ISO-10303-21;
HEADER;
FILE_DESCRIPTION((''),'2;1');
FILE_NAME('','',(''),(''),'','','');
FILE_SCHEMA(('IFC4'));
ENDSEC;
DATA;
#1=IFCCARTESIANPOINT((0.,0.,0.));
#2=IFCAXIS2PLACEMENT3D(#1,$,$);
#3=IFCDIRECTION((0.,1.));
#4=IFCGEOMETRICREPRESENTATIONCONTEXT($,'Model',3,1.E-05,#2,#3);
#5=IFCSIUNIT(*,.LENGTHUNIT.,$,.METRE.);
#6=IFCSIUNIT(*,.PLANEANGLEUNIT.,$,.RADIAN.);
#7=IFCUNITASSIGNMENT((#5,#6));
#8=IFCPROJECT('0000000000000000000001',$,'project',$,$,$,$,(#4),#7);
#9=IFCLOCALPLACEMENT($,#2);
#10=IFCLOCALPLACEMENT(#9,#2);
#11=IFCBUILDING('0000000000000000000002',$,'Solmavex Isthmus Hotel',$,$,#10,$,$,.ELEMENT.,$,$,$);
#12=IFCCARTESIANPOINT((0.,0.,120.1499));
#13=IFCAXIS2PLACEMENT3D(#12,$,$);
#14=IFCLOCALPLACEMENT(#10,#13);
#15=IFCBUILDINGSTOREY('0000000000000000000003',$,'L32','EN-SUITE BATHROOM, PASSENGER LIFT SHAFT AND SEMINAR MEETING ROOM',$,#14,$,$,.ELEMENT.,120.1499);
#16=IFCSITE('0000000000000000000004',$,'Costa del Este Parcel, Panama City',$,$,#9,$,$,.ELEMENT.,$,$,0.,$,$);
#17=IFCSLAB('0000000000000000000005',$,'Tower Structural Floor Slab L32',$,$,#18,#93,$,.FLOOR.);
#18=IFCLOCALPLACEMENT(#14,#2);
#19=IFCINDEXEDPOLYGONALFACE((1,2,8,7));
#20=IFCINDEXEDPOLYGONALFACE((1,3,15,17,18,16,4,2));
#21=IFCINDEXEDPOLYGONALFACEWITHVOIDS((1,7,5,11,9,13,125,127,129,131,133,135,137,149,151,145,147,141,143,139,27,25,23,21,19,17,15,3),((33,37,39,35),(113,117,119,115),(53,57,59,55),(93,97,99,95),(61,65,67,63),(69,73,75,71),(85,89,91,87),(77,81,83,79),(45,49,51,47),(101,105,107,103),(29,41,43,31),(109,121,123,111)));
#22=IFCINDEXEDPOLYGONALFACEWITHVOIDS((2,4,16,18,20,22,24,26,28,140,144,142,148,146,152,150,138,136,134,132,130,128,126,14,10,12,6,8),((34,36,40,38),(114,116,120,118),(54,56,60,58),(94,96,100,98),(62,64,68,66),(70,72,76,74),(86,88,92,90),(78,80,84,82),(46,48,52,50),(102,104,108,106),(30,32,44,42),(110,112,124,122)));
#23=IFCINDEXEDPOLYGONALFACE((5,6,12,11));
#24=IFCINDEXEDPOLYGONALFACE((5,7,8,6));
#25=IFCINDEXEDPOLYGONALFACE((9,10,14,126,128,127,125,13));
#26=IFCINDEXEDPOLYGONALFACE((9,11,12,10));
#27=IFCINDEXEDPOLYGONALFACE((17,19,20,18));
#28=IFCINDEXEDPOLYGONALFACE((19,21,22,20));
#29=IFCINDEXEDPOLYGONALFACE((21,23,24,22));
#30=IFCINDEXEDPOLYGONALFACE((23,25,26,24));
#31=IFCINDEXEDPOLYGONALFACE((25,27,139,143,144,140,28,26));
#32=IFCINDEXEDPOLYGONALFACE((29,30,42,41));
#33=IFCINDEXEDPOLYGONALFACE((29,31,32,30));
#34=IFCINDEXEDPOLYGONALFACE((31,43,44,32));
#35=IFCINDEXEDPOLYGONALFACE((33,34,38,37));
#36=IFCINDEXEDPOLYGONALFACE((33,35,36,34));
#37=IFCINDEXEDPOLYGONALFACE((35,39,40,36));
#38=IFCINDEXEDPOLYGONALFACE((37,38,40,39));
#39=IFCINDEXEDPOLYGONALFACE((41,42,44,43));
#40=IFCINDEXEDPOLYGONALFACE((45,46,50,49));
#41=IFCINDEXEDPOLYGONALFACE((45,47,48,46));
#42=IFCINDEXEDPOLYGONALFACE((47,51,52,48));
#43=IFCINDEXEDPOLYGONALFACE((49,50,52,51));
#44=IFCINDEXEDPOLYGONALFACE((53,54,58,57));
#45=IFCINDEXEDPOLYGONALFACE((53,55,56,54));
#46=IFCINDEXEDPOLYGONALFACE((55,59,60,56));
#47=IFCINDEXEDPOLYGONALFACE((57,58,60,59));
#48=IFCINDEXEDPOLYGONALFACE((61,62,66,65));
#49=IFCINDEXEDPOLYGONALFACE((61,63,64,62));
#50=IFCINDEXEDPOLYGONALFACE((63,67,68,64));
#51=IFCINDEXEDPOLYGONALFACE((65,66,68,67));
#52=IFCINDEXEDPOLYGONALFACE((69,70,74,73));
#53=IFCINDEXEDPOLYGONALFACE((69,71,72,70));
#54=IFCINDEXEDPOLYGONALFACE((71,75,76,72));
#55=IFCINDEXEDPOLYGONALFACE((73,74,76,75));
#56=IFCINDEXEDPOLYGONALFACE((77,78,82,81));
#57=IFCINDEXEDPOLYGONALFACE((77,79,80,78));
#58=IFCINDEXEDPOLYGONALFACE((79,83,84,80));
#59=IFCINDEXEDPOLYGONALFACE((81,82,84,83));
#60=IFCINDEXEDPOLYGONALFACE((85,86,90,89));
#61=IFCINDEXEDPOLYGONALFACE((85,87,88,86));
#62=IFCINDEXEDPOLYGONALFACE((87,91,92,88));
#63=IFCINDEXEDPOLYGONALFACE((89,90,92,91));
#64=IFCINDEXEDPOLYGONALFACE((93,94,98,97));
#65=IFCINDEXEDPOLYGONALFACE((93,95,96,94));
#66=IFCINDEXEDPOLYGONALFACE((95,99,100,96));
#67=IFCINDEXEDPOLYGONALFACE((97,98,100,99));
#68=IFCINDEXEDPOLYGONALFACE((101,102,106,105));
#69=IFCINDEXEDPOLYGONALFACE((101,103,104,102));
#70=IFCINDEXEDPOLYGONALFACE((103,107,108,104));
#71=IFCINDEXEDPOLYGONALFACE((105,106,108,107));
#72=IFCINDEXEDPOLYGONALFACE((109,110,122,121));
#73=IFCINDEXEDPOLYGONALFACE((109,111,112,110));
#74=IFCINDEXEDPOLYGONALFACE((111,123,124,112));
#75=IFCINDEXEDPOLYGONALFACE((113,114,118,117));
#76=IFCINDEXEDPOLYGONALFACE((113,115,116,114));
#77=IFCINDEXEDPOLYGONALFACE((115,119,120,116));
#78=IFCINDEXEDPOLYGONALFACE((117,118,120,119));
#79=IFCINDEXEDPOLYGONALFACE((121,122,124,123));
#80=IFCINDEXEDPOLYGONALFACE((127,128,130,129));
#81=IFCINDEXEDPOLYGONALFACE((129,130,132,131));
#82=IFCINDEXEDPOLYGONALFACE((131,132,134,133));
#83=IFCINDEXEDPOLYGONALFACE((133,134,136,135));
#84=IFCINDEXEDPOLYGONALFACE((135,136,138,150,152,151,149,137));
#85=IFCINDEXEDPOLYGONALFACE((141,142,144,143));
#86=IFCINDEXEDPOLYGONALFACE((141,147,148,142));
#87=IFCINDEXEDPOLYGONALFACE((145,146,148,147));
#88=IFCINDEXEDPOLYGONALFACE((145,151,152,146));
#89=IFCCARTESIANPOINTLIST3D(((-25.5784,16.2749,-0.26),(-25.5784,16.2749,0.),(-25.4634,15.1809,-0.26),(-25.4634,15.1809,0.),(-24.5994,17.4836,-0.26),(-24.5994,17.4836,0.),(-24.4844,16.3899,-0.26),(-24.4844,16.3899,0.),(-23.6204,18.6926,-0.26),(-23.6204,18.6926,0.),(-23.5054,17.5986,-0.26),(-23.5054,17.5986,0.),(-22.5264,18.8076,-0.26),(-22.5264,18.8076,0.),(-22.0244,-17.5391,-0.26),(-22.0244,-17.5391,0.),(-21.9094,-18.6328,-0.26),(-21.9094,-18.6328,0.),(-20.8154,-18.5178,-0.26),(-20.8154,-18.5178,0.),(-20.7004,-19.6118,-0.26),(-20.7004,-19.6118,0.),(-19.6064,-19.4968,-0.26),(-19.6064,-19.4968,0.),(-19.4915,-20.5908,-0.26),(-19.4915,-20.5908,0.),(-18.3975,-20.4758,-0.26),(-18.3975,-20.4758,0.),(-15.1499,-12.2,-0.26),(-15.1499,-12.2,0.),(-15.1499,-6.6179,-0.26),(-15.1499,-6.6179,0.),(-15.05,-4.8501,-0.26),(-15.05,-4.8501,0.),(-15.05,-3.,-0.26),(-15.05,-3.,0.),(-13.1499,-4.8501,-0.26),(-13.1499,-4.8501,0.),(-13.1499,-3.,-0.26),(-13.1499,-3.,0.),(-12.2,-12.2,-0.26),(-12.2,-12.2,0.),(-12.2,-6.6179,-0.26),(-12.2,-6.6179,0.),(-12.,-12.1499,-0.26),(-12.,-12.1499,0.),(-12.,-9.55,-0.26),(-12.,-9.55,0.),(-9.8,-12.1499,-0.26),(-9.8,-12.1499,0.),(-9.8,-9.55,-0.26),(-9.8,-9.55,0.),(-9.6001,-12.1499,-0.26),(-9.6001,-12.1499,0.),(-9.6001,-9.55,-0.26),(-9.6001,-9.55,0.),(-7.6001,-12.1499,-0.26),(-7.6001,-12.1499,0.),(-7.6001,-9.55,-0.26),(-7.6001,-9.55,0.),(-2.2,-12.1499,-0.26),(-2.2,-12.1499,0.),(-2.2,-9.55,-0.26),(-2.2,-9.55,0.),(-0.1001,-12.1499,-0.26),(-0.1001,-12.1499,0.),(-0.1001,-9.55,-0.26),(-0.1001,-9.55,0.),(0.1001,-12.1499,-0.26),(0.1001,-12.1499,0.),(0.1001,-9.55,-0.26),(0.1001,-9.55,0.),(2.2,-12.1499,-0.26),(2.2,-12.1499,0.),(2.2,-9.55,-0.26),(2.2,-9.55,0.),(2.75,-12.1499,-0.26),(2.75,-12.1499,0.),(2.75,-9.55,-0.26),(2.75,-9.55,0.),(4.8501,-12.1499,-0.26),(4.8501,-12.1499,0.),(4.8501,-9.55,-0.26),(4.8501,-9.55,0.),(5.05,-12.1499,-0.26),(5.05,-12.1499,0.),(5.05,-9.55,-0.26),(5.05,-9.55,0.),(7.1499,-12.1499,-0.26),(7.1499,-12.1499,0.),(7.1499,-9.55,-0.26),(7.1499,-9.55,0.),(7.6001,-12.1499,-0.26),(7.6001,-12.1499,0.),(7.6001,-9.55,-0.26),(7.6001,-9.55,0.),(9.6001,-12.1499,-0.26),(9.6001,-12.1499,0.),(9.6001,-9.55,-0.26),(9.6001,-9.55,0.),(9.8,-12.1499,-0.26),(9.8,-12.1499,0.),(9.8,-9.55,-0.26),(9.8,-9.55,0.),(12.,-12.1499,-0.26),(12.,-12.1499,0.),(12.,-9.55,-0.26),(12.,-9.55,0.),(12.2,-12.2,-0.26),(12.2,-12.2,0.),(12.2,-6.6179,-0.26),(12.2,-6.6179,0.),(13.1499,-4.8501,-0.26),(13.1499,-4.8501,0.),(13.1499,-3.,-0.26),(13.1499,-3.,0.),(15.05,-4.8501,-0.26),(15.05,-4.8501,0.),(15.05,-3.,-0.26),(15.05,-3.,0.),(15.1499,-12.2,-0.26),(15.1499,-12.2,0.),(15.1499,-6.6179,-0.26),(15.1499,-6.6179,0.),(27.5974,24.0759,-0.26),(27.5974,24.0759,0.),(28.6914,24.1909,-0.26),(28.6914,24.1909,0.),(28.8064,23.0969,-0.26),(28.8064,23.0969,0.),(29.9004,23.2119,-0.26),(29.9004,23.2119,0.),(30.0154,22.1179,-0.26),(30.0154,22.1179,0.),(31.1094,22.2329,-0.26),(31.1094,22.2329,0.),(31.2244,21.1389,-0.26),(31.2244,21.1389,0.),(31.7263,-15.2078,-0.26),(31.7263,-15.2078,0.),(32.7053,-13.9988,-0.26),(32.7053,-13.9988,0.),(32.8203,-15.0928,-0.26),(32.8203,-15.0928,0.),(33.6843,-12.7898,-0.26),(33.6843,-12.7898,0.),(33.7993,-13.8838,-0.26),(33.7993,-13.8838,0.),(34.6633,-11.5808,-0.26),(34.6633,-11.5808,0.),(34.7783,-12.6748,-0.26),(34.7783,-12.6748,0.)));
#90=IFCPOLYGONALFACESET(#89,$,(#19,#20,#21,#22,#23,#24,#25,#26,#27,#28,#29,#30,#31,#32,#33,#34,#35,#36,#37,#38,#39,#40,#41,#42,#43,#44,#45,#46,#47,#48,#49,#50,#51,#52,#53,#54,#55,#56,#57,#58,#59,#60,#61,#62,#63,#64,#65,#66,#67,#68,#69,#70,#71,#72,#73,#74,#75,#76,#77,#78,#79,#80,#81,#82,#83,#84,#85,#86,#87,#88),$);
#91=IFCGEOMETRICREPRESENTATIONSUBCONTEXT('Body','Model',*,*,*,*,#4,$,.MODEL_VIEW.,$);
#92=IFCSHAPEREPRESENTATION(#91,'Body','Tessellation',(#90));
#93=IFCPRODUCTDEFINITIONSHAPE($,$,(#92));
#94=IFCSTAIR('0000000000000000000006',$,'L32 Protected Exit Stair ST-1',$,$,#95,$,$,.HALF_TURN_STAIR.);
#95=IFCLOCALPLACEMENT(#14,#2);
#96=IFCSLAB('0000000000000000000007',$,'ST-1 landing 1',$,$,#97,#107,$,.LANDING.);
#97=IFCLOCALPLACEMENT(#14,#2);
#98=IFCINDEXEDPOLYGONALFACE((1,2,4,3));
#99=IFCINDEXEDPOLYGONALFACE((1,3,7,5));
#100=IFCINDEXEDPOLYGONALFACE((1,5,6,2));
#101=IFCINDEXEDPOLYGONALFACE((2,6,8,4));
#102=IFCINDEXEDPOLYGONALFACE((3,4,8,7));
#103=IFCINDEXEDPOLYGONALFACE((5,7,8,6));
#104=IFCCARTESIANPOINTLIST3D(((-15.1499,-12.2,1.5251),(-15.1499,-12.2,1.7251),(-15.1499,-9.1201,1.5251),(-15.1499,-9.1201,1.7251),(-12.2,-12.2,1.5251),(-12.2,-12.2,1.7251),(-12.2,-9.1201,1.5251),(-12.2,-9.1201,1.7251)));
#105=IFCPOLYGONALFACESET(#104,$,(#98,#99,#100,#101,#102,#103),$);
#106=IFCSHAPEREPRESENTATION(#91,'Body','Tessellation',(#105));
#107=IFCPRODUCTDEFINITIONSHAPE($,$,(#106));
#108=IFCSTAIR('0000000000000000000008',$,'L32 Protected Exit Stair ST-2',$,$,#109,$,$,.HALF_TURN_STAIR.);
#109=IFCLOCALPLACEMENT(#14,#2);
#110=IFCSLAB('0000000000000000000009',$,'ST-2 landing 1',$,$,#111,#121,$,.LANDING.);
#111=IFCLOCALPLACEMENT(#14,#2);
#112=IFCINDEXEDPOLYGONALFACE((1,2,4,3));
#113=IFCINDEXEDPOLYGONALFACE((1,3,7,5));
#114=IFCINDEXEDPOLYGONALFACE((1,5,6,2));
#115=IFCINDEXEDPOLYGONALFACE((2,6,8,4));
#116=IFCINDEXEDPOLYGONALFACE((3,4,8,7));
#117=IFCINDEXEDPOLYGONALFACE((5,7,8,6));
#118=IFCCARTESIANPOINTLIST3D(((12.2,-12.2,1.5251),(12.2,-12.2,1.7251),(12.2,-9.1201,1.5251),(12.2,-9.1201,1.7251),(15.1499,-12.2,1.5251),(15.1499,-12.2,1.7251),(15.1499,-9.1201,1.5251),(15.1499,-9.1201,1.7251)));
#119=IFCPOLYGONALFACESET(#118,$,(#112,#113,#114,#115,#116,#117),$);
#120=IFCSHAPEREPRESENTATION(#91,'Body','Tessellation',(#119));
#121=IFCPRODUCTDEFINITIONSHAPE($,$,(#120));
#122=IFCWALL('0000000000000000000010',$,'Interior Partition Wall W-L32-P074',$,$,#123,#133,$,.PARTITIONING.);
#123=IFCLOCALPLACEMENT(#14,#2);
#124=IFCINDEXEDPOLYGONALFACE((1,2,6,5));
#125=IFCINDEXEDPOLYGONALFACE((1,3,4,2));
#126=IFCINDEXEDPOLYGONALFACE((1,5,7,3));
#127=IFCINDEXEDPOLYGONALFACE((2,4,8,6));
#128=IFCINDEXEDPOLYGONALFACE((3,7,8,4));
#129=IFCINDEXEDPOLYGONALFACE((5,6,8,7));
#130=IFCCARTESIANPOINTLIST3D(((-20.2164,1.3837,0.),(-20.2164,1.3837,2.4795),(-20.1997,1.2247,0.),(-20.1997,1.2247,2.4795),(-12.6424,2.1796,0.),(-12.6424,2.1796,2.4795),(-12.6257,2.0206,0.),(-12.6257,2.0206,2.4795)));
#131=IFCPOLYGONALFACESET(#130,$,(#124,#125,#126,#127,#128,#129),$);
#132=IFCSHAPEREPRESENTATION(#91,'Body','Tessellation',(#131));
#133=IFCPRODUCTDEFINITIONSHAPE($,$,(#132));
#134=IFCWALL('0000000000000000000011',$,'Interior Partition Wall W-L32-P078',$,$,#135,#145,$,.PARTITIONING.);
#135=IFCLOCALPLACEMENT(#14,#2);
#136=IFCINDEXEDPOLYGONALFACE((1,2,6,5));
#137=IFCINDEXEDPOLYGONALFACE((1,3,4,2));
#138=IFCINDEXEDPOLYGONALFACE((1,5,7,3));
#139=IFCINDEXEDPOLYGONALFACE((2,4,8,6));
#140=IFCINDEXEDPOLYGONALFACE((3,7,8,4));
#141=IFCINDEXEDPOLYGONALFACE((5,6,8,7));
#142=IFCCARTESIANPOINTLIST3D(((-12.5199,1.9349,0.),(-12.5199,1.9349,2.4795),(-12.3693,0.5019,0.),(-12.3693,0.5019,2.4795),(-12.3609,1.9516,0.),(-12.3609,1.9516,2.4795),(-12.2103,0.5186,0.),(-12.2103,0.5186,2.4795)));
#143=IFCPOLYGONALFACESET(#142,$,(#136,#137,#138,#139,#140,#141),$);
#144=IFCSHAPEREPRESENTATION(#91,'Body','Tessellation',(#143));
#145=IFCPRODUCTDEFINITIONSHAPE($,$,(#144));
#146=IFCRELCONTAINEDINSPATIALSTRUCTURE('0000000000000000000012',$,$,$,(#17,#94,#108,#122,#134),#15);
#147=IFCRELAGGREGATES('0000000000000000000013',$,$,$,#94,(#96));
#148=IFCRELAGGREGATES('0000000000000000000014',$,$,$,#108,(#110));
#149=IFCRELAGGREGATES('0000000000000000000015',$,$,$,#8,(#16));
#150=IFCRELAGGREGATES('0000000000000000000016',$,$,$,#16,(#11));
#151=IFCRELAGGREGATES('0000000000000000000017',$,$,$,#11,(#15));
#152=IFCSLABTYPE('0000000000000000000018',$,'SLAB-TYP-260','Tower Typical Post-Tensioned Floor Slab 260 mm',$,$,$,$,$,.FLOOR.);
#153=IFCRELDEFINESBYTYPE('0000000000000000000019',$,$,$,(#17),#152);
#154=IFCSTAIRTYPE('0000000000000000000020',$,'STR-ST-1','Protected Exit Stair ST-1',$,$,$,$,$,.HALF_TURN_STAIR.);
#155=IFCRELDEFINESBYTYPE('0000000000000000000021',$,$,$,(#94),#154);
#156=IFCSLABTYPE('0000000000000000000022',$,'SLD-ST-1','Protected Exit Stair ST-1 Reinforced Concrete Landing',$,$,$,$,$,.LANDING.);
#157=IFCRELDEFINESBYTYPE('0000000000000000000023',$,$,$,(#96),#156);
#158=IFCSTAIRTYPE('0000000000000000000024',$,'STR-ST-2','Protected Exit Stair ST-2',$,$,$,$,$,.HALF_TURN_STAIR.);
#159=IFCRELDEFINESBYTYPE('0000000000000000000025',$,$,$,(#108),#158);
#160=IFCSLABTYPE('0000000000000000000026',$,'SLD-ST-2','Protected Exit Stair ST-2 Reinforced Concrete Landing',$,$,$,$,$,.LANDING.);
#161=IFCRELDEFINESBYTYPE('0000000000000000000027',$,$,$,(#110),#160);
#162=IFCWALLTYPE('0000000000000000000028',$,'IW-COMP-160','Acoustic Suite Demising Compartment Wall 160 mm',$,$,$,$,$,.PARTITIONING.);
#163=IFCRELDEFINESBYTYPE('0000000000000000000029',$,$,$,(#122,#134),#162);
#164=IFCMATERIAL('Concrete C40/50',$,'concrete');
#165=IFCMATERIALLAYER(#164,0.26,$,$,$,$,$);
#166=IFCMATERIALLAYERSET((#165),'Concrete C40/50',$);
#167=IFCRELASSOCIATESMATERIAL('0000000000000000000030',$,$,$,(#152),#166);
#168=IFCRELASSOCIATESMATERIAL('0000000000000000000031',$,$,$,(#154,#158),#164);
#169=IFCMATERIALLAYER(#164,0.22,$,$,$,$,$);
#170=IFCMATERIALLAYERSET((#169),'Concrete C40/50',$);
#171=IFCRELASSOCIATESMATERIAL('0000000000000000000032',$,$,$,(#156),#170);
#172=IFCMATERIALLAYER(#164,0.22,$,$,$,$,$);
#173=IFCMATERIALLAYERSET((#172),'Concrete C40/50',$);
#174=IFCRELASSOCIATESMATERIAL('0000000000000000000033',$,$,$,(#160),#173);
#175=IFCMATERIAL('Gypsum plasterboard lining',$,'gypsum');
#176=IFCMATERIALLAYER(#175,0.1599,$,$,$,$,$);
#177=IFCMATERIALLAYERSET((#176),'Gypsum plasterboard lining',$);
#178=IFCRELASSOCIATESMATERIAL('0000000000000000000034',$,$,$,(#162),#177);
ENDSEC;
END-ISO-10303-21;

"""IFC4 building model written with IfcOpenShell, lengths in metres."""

from ifc_helpers import new_model, si_unit, direction, frame, frame_2d, origin, place, context, subcontext, project, spatial, polyline, rectangle, outline, extrude, material, layer, layer_set, type_object, element, aggregate, save


model = new_model("IFC4")

# Units and contexts
model_context = context("Model", 3, precision=1e-05, world=origin(), true_north=direction((0.0, 1.0)))
body_context = subcontext(model_context, "Body", "Model", "MODEL_VIEW")
ifc_project = project(units=[si_unit("LENGTHUNIT", "METRE"), si_unit("PLANEANGLEUNIT", "RADIAN")], contexts=[model_context])

# Site, building, storey
site_placement = place(None, origin())
site = spatial("IfcSite", under=ifc_project, at=site_placement, Name="Costa del Este Parcel, Panama City", CompositionType="ELEMENT", RefElevation=0.0)
building_placement = place(site_placement, origin())
building = spatial("IfcBuilding", under=site, at=building_placement, Name="Solmavex Isthmus Hotel", CompositionType="ELEMENT")
storey_placement = place(building_placement, frame((0.0, 0.0, 120.1499)))
storey = spatial("IfcBuildingStorey", under=building, at=storey_placement, Name="L32", Description="EN-SUITE BATHROOM, PASSENGER LIFT SHAFT AND SEMINAR MEETING ROOM", CompositionType="ELEMENT", Elevation=120.1499)

# Slab
ifc_material_1 = material(Name="Concrete C40/50", Category="concrete")
ifc_layer_1 = layer(ifc_material_1, 0.26)
ifc_layer_set_1 = layer_set([ifc_layer_1], Name="Concrete C40/50")
slab_type_1 = type_object("IfcSlabType", Name="SLAB-TYP-260", Description="Tower Typical Post-Tensioned Floor Slab 260 mm", PredefinedType="FLOOR", material=ifc_layer_set_1)
slab_1_placement = place(storey_placement, frame((0.0, 0.0, -0.26)))
element("IfcSlab", 1, at=slab_1_placement, inside=storey, type_object=slab_type_1, Name="Tower Structural Floor Slab L32", PredefinedType="FLOOR", context=body_context, shape_type="SweptSolid", body=[
    extrude(outline(polyline([(-18.3975, -20.4758), (31.7263, -15.2078), (32.8203, -15.0928), (32.7053, -13.9988), (33.7993, -13.8838), (33.6843, -12.7898), (34.7783, -12.6748), (34.6633, -11.5808), (31.2244, 21.1389), (31.1094, 22.2329), (30.0154, 22.1179), (29.9004, 23.2119), (28.8064, 23.0969), (28.6914, 24.1909), (27.5974, 24.0759), (-22.5264, 18.8076), (-23.6204, 18.6926), (-23.5054, 17.5986), (-24.5994, 17.4836), (-24.4844, 16.3899), (-25.5784, 16.2749), (-25.4634, 15.1809), (-22.0244, -17.5391), (-21.9094, -18.6328), (-20.8154, -18.5178), (-20.7004, -19.6118), (-19.6064, -19.4968), (-19.4915, -20.5908), (-18.3975, -20.4758)]), holes=[polyline([(-15.1499, -6.6179), (-15.1499, -12.2), (-12.2, -12.2), (-12.2, -6.6179), (-15.1499, -6.6179)]), polyline([(12.2, -6.6179), (12.2, -12.2), (15.1499, -12.2), (15.1499, -6.6179), (12.2, -6.6179)]), polyline([(-12.0, -12.1499), (-9.8, -12.1499), (-9.8, -9.55), (-12.0, -9.55), (-12.0, -12.1499)]), polyline([(9.8, -12.1499), (12.0, -12.1499), (12.0, -9.55), (9.8, -9.55), (9.8, -12.1499)]), polyline([(-9.6001, -12.1499), (-7.6001, -12.1499), (-7.6001, -9.55), (-9.6001, -9.55), (-9.6001, -12.1499)]), polyline([(7.6001, -12.1499), (9.6001, -12.1499), (9.6001, -9.55), (7.6001, -9.55), (7.6001, -12.1499)]), polyline([(-2.2, -12.1499), (-0.1001, -12.1499), (-0.1001, -9.55), (-2.2, -9.55), (-2.2, -12.1499)]), polyline([(0.1001, -12.1499), (2.2, -12.1499), (2.2, -9.55), (0.1001, -9.55), (0.1001, -12.1499)]), polyline([(2.75, -12.1499), (4.8501, -12.1499), (4.8501, -9.55), (2.75, -9.55), (2.75, -12.1499)]), polyline([(5.05, -12.1499), (7.1499, -12.1499), (7.1499, -9.55), (5.05, -9.55), (5.05, -12.1499)]), polyline([(-15.05, -4.8501), (-13.1499, -4.8501), (-13.1499, -3.0), (-15.05, -3.0), (-15.05, -4.8501)]), polyline([(13.1499, -4.8501), (15.05, -4.8501), (15.05, -3.0), (13.1499, -3.0), (13.1499, -4.8501)])]), origin(), (0.0, 0.0, 1.0), 0.26),
])

# Stairs, slabs
stair_type_1 = type_object("IfcStairType", Name="STR-ST-1", Description="Protected Exit Stair ST-1", PredefinedType="HALF_TURN_STAIR", material=ifc_material_1)
stair_1_placement = place(storey_placement, origin())
stair_1 = element("IfcStair", 2, at=stair_1_placement, inside=storey, type_object=stair_type_1, Name="L32 Protected Exit Stair ST-1", PredefinedType="HALF_TURN_STAIR")
ifc_layer_2 = layer(ifc_material_1, 0.22)
ifc_layer_set_2 = layer_set([ifc_layer_2], Name="Concrete C40/50")
slab_type_2 = type_object("IfcSlabType", Name="SLD-ST-1", Description="Protected Exit Stair ST-1 Reinforced Concrete Landing", PredefinedType="LANDING", material=ifc_layer_set_2)
slab_2_placement = place(storey_placement, frame((0.0, 0.0, 1.5251)))
slab_2 = element("IfcSlab", 3, at=slab_2_placement, type_object=slab_type_2, Name="ST-1 landing 1", PredefinedType="LANDING", context=body_context, shape_type="SweptSolid", body=[
    extrude(outline(polyline([(-15.1499, -9.1201), (-15.1499, -12.2), (-12.2, -12.2), (-12.2, -9.1201), (-15.1499, -9.1201)])), origin(), (0.0, 0.0, 1.0), 0.2),
])
aggregate(stair_1, [slab_2])
stair_type_2 = type_object("IfcStairType", Name="STR-ST-2", Description="Protected Exit Stair ST-2", PredefinedType="HALF_TURN_STAIR", material=ifc_material_1)
stair_2_placement = place(storey_placement, origin())
stair_2 = element("IfcStair", 4, at=stair_2_placement, inside=storey, type_object=stair_type_2, Name="L32 Protected Exit Stair ST-2", PredefinedType="HALF_TURN_STAIR")
ifc_layer_3 = layer(ifc_material_1, 0.22)
ifc_layer_set_3 = layer_set([ifc_layer_3], Name="Concrete C40/50")
slab_type_3 = type_object("IfcSlabType", Name="SLD-ST-2", Description="Protected Exit Stair ST-2 Reinforced Concrete Landing", PredefinedType="LANDING", material=ifc_layer_set_3)
slab_3_placement = place(storey_placement, frame((0.0, 0.0, 1.5251)))
slab_3 = element("IfcSlab", 5, at=slab_3_placement, type_object=slab_type_3, Name="ST-2 landing 1", PredefinedType="LANDING", context=body_context, shape_type="SweptSolid", body=[
    extrude(outline(polyline([(12.2, -9.1201), (12.2, -12.2), (15.1499, -12.2), (15.1499, -9.1201), (12.2, -9.1201)])), origin(), (0.0, 0.0, 1.0), 0.2),
])
aggregate(stair_2, [slab_3])

# Walls
ifc_material_2 = material(Name="Gypsum plasterboard lining", Category="gypsum")
ifc_layer_4 = layer(ifc_material_2, 0.1599)
ifc_layer_set_4 = layer_set([ifc_layer_4], Name="Gypsum plasterboard lining")
wall_type_1 = type_object("IfcWallType", Name="IW-COMP-160", Description="Acoustic Suite Demising Compartment Wall 160 mm", PredefinedType="PARTITIONING", material=ifc_layer_set_4)
wall_1_placement = place(storey_placement, frame((-12.634, 2.1001, 0.0), z_axis=(0.0, 0.0, 1.0), x_axis=(-0.994524, -0.104508, 0.0)))
element("IfcWall", 6, at=wall_1_placement, inside=storey, type_object=wall_type_1, Name="Interior Partition Wall W-L32-P074", PredefinedType="PARTITIONING", context=body_context, shape_type="SweptSolid", body=[
    extrude(rectangle(XDim=7.6157, YDim=0.1599, at=frame_2d((3.8079, 0.0))), origin(), (0.0, 0.0, 1.0), 2.4795),
])
wall_2_placement = place(storey_placement, frame((-12.2898, 0.5103, 0.0), z_axis=(0.0, 0.0, 1.0), x_axis=(-0.104535, 0.994521, 0.0)))
element("IfcWall", 7, at=wall_2_placement, inside=storey, type_object=wall_type_1, Name="Interior Partition Wall W-L32-P078", PredefinedType="PARTITIONING", context=body_context, shape_type="SweptSolid", body=[
    extrude(rectangle(XDim=1.4409, YDim=0.1599, at=frame_2d((0.7205, 0.0))), origin(), (0.0, 0.0, 1.0), 2.4795),
])

save(model, "model.ifc")
